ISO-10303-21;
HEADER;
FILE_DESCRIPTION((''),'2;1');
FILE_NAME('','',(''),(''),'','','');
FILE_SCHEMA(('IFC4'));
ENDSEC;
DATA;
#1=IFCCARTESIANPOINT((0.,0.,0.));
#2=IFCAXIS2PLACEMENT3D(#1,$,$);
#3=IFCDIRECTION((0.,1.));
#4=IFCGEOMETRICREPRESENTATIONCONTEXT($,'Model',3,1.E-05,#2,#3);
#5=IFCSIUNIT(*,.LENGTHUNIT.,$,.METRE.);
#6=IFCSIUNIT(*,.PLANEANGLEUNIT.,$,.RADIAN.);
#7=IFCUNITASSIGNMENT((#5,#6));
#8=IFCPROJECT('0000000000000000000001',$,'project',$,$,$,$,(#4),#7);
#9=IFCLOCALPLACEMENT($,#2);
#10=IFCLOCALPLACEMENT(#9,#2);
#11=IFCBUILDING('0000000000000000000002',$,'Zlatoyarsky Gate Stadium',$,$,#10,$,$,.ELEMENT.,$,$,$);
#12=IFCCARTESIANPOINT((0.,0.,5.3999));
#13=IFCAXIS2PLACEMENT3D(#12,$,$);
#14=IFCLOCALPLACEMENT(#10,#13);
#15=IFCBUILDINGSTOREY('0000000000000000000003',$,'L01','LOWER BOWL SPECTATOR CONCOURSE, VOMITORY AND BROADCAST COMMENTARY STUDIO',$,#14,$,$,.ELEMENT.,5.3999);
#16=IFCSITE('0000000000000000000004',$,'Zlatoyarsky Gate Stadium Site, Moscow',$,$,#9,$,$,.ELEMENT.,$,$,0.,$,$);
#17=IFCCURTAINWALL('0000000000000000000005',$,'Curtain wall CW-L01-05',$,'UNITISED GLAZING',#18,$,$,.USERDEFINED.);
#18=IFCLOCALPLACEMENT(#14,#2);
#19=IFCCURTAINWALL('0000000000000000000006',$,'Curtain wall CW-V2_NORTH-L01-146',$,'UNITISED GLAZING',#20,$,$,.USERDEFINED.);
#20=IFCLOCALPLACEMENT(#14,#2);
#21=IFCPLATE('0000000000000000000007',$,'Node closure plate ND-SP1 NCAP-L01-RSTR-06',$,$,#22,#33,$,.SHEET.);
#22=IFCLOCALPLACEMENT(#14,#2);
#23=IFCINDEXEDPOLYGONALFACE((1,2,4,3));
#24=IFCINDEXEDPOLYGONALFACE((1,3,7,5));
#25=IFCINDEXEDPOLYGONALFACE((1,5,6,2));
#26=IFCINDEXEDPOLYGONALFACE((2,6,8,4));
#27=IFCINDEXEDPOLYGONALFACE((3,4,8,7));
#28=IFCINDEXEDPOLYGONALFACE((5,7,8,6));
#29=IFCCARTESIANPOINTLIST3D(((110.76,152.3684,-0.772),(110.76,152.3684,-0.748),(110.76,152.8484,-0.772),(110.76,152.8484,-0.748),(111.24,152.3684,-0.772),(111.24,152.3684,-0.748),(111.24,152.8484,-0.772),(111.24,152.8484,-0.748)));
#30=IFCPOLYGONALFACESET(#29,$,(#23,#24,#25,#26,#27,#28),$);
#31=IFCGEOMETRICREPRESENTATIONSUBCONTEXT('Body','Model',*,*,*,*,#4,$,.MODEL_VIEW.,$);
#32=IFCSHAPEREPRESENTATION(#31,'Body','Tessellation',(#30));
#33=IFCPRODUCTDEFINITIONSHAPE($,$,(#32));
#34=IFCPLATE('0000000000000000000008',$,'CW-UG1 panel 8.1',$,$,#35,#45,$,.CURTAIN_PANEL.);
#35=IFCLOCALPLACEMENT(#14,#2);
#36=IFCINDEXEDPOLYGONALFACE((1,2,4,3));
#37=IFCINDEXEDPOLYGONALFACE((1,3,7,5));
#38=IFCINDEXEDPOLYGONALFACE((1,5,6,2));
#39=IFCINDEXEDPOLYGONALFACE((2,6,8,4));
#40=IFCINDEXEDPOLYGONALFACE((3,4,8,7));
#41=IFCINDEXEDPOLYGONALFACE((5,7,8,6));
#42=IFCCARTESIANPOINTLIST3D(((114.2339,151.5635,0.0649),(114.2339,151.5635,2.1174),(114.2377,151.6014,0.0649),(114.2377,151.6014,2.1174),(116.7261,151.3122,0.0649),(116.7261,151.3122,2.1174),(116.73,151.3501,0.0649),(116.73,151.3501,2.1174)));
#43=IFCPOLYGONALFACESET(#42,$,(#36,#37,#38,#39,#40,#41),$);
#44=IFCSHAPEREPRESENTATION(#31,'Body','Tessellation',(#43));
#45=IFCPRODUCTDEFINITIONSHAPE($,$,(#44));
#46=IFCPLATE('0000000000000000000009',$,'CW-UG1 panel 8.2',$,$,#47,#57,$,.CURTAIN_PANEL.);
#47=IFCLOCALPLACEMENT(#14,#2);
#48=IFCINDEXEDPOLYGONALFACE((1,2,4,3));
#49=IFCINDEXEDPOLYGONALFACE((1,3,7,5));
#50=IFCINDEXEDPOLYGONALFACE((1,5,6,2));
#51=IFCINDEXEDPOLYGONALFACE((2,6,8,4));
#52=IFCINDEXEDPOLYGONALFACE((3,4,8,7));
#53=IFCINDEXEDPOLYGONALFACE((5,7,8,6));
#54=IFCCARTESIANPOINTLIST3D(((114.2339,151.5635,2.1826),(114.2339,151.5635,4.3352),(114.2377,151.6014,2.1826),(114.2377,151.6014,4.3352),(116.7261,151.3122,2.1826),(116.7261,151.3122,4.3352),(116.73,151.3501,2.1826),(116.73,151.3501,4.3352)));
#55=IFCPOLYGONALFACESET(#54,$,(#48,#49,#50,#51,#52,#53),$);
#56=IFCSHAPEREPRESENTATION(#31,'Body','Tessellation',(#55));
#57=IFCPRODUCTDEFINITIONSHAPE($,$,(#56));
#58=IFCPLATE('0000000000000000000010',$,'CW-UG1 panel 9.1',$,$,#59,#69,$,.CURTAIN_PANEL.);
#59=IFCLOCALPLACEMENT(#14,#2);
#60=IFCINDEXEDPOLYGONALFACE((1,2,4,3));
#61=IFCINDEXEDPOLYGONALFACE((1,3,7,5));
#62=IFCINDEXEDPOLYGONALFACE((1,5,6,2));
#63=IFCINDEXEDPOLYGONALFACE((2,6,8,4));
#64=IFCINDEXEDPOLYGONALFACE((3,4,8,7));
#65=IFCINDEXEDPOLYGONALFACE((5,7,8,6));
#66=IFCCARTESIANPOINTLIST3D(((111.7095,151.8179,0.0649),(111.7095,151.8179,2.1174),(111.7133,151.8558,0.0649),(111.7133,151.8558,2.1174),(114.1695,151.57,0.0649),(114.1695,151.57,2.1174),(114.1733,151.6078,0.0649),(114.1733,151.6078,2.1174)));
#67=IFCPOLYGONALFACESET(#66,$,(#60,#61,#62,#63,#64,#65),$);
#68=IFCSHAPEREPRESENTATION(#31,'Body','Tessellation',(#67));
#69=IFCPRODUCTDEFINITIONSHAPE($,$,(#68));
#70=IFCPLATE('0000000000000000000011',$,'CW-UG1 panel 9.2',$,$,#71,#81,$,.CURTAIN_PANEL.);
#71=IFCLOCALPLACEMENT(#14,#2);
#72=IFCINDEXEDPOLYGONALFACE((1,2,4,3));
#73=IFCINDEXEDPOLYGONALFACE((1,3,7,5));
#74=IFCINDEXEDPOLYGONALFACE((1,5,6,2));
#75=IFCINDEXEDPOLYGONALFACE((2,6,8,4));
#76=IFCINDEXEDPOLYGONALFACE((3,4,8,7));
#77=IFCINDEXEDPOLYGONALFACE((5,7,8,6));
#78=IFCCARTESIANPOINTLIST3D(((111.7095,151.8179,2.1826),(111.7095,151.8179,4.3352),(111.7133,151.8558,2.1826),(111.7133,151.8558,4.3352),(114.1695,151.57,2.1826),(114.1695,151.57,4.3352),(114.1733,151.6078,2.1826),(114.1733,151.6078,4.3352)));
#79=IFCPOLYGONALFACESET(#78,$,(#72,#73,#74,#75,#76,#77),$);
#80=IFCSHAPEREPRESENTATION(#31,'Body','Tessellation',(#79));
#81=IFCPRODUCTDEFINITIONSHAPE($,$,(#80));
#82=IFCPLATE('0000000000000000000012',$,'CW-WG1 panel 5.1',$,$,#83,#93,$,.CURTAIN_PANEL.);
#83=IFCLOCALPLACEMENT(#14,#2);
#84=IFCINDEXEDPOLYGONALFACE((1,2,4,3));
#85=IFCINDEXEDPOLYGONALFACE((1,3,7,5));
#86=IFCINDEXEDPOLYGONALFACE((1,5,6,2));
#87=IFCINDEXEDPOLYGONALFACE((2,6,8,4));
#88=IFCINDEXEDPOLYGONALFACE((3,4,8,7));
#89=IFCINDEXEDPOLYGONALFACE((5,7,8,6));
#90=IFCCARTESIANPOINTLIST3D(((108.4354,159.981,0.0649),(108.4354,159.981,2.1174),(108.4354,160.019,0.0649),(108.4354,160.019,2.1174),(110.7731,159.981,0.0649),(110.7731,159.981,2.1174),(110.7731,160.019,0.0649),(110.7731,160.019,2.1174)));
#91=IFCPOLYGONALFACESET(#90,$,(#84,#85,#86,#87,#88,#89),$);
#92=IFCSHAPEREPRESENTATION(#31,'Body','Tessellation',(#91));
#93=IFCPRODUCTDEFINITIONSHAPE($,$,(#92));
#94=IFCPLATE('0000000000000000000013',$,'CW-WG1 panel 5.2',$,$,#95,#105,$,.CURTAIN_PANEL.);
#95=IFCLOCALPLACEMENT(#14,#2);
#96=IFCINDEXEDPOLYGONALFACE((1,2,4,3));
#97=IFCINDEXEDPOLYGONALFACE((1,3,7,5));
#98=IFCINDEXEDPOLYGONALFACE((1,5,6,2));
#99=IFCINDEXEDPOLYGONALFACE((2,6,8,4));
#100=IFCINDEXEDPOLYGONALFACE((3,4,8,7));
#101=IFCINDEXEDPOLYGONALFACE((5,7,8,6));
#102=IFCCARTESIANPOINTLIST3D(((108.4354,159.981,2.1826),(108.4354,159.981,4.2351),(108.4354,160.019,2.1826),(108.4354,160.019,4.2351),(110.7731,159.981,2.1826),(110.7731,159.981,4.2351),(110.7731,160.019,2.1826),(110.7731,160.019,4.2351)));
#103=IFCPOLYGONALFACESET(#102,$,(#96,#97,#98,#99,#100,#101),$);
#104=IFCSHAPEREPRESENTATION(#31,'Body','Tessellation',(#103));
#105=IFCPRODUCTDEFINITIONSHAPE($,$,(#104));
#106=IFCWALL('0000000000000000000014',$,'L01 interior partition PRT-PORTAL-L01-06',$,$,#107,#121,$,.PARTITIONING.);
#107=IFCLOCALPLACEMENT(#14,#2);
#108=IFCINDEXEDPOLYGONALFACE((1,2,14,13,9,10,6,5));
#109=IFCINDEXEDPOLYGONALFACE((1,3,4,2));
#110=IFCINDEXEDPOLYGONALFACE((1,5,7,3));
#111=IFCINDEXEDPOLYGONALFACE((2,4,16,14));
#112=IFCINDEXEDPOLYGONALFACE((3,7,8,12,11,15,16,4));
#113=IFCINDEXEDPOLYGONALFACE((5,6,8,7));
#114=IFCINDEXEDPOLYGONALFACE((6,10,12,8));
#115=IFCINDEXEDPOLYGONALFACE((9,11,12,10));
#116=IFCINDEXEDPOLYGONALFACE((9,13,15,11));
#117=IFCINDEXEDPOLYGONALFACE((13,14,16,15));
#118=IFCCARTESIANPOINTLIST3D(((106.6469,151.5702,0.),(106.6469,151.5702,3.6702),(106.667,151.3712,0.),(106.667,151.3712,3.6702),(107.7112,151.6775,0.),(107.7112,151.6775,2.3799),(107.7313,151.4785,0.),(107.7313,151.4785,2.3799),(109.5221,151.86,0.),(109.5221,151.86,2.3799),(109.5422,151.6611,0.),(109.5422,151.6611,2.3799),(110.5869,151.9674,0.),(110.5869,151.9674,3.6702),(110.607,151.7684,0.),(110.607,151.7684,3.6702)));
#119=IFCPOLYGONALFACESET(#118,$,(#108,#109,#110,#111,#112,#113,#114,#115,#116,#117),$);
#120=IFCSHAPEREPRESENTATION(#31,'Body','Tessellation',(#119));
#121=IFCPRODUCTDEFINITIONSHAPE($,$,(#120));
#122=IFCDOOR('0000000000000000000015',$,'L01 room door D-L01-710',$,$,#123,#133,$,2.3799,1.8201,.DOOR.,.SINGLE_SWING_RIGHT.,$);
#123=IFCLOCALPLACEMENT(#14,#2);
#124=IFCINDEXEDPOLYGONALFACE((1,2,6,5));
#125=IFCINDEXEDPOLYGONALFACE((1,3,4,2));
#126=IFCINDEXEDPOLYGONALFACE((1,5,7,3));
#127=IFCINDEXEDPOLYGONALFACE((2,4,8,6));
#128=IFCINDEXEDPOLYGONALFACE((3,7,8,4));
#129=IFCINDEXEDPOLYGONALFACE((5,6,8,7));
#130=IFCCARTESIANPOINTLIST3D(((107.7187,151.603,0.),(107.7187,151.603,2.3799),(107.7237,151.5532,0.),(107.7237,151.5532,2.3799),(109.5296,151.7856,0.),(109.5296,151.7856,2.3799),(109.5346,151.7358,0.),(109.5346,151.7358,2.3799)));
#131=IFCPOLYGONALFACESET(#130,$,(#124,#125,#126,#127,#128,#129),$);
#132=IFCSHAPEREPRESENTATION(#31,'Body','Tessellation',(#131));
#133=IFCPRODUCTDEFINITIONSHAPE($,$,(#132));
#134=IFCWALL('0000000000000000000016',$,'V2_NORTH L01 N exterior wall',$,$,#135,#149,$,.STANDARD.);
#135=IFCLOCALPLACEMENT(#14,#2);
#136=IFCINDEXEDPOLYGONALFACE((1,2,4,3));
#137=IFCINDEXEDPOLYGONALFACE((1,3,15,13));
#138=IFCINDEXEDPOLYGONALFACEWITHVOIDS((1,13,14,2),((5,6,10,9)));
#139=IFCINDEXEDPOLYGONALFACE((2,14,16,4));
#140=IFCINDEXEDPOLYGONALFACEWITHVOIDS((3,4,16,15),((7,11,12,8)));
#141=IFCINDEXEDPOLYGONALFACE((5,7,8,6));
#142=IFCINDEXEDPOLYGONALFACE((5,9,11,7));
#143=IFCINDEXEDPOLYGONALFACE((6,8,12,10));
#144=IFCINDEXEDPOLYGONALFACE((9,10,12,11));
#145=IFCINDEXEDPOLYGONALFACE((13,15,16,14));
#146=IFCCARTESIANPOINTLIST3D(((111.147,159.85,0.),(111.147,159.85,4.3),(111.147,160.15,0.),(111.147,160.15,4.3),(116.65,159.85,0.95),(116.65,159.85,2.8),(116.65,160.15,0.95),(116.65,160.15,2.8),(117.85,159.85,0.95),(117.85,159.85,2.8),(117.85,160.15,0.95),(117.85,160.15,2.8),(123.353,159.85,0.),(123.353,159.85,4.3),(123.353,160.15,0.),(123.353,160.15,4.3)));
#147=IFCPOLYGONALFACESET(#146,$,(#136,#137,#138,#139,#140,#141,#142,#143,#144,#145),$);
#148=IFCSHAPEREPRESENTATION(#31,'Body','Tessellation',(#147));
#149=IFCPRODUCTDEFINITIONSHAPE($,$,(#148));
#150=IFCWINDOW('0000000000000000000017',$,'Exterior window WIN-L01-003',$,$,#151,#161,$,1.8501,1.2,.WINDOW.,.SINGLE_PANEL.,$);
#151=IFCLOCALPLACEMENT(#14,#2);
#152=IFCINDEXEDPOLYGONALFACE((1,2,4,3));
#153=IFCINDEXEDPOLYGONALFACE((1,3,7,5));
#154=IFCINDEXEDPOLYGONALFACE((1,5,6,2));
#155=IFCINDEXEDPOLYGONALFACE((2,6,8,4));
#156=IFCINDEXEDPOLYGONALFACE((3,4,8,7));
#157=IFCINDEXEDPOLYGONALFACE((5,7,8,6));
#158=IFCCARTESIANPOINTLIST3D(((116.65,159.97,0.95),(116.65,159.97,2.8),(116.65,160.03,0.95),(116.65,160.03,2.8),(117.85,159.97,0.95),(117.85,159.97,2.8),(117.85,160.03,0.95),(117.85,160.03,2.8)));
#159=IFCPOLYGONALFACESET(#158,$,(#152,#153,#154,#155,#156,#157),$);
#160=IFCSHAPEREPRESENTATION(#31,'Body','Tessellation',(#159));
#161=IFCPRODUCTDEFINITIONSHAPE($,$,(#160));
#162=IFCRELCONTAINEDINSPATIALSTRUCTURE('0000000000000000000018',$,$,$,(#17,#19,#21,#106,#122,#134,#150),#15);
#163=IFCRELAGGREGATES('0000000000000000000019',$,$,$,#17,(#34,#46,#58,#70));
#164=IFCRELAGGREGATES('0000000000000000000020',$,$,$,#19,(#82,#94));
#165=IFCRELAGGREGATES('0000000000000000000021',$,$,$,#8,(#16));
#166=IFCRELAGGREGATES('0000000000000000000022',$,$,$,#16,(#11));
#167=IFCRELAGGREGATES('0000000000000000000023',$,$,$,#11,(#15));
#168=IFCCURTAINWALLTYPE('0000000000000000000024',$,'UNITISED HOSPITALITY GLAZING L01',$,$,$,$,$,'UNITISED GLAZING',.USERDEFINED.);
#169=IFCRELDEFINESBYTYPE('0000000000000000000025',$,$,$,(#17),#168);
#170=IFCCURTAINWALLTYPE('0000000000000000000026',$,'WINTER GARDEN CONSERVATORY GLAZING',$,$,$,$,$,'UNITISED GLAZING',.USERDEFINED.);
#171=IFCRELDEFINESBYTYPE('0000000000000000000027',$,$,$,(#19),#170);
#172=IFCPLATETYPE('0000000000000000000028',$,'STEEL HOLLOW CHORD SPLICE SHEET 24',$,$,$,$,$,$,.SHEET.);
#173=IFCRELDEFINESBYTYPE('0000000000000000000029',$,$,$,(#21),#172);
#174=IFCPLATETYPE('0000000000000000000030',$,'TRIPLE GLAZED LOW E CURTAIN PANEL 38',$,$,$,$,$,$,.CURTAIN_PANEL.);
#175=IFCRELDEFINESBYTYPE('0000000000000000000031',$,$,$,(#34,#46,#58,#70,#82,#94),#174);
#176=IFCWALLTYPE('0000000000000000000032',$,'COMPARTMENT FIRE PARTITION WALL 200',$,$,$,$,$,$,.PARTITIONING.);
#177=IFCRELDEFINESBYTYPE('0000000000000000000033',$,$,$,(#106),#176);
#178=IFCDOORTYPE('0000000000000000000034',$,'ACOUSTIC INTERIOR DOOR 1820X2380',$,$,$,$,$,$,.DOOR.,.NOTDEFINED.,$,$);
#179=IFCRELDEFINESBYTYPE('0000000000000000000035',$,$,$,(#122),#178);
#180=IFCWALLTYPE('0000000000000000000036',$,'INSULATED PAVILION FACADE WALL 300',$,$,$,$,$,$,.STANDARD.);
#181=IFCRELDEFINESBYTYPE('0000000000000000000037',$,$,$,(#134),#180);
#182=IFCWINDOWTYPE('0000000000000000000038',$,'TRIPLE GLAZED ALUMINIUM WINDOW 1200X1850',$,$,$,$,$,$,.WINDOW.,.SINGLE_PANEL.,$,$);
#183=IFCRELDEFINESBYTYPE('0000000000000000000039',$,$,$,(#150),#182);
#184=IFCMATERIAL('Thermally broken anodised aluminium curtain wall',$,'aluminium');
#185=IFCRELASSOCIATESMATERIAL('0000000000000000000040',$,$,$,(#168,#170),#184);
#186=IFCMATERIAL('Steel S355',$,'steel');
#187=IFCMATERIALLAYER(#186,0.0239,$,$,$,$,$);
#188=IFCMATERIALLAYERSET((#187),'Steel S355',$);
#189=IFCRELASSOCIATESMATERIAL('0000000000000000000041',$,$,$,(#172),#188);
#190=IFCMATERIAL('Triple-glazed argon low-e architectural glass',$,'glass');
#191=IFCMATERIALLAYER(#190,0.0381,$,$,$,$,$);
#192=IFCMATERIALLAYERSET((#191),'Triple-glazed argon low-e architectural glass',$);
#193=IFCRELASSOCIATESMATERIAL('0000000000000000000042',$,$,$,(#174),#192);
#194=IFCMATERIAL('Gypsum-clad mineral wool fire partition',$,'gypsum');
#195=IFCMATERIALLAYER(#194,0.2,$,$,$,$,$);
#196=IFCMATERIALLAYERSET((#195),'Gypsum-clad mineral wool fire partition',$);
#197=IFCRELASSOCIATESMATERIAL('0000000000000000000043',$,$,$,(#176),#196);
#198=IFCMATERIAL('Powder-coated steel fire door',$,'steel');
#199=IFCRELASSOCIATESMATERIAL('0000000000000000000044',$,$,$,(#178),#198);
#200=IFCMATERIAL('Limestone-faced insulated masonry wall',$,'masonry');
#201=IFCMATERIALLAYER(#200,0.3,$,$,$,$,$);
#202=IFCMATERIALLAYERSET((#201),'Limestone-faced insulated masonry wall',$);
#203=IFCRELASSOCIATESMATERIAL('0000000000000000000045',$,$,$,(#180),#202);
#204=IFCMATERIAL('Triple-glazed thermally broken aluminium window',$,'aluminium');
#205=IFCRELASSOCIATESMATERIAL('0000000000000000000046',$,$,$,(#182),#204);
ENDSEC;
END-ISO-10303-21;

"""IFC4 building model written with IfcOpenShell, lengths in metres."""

from ifc_helpers import new_model, si_unit, direction, frame, frame_2d, origin, origin_2d, place, context, subcontext, project, spatial, rectangle, extrude, material, layer, layer_set, type_object, element, fill, aggregate, save


model = new_model("IFC4")

# Units and contexts
model_context = context("Model", 3, precision=1e-05, world=origin(), true_north=direction((0.0, 1.0)))
body_context = subcontext(model_context, "Body", "Model", "MODEL_VIEW")
ifc_project = project(units=[si_unit("LENGTHUNIT", "METRE"), si_unit("PLANEANGLEUNIT", "RADIAN")], contexts=[model_context])

# Site, building, storey
site_placement = place(None, origin())
site = spatial("IfcSite", under=ifc_project, at=site_placement, Name="Zlatoyarsky Gate Stadium Site, Moscow", CompositionType="ELEMENT", RefElevation=0.0)
building_placement = place(site_placement, origin())
building = spatial("IfcBuilding", under=site, at=building_placement, Name="Zlatoyarsky Gate Stadium", CompositionType="ELEMENT")
storey_placement = place(building_placement, frame((0.0, 0.0, 5.3999)))
storey = spatial("IfcBuildingStorey", under=building, at=storey_placement, Name="L01", Description="LOWER BOWL SPECTATOR CONCOURSE, VOMITORY AND BROADCAST COMMENTARY STUDIO", CompositionType="ELEMENT", Elevation=5.3999)

# Shared definitions
ifc_material_1 = material(Name="Steel S355", Category="steel")

# Curtain wall
ifc_material_2 = material(Name="Thermally broken anodised aluminium curtain wall", Category="aluminium")
curtain_wall_type_1 = type_object("IfcCurtainWallType", Name="UNITISED HOSPITALITY GLAZING L01", ElementType="UNITISED GLAZING", PredefinedType="USERDEFINED", material=ifc_material_2)
curtain_wall_1_placement = place(storey_placement, origin())
curtain_wall_1 = element("IfcCurtainWall", 1, at=curtain_wall_1_placement, inside=storey, type_object=curtain_wall_type_1, Name="Curtain wall CW-L01-05", ObjectType="UNITISED GLAZING", PredefinedType="USERDEFINED")

# Curtain wall
curtain_wall_type_2 = type_object("IfcCurtainWallType", Name="WINTER GARDEN CONSERVATORY GLAZING", ElementType="UNITISED GLAZING", PredefinedType="USERDEFINED", material=ifc_material_2)
curtain_wall_2_placement = place(storey_placement, origin())
curtain_wall_2 = element("IfcCurtainWall", 2, at=curtain_wall_2_placement, inside=storey, type_object=curtain_wall_type_2, Name="Curtain wall CW-V2_NORTH-L01-146", ObjectType="UNITISED GLAZING", PredefinedType="USERDEFINED")

# Plate
ifc_layer_1 = layer(ifc_material_1, 0.0239)
ifc_layer_set_1 = layer_set([ifc_layer_1], Name="Steel S355")
plate_type_1 = type_object("IfcPlateType", Name="STEEL HOLLOW CHORD SPLICE SHEET 24", PredefinedType="SHEET", material=ifc_layer_set_1)
plate_1_placement = place(storey_placement, frame((111.0, 152.6084, -0.772), z_axis=(0.0, 0.0, 1.0), x_axis=(1.0, 0.0, 0.0)))
element("IfcPlate", 3, at=plate_1_placement, inside=storey, type_object=plate_type_1, Name="Node closure plate ND-SP1 NCAP-L01-RSTR-06", PredefinedType="SHEET", context=body_context, shape_type="SweptSolid", body=[
    extrude(rectangle(XDim=0.48, YDim=0.48, at=origin_2d()), origin(), (0.0, 0.0, 1.0), 0.0239),
])

# Plates
ifc_material_3 = material(Name="Triple-glazed argon low-e architectural glass", Category="glass")
ifc_layer_2 = layer(ifc_material_3, 0.0381)
ifc_layer_set_2 = layer_set([ifc_layer_2], Name="Triple-glazed argon low-e architectural glass")
plate_type_2 = type_object("IfcPlateType", Name="TRIPLE GLAZED LOW E CURTAIN PANEL 38", PredefinedType="CURTAIN_PANEL", material=ifc_layer_set_2)
plate_2_placement = place(storey_placement, frame((115.4819, 151.4568, 0.0649), z_axis=(0.0, 0.0, 1.0), x_axis=(-0.994957, 0.1003, 0.0)))
plate_2 = element("IfcPlate", 4, at=plate_2_placement, type_object=plate_type_2, Name="CW-UG1 panel 8.1", PredefinedType="CURTAIN_PANEL", context=body_context, shape_type="SweptSolid", body=[
    extrude(rectangle(XDim=2.5049, YDim=0.0381, at=origin_2d()), origin(), (0.0, 0.0, 1.0), 2.0525),
])
plate_3_placement = place(storey_placement, frame((115.4819, 151.4568, 2.1826), z_axis=(0.0, 0.0, 1.0), x_axis=(-0.994957, 0.1003, 0.0)))
plate_3 = element("IfcPlate", 5, at=plate_3_placement, type_object=plate_type_2, Name="CW-UG1 panel 8.2", PredefinedType="CURTAIN_PANEL", context=body_context, shape_type="SweptSolid", body=[
    extrude(rectangle(XDim=2.5049, YDim=0.0381, at=origin_2d()), origin(), (0.0, 0.0, 1.0), 2.1526),
])
plate_4_placement = place(storey_placement, frame((112.9414, 151.7129, 0.0649), z_axis=(0.0, 0.0, 1.0), x_axis=(-0.994957, 0.1003, 0.0)))
plate_4 = element("IfcPlate", 6, at=plate_4_placement, type_object=plate_type_2, Name="CW-UG1 panel 9.1", PredefinedType="CURTAIN_PANEL", context=body_context, shape_type="SweptSolid", body=[
    extrude(rectangle(XDim=2.4724, YDim=0.0381, at=origin_2d()), origin(), (0.0, 0.0, 1.0), 2.0525),
])
plate_5_placement = place(storey_placement, frame((112.9414, 151.7129, 2.1826), z_axis=(0.0, 0.0, 1.0), x_axis=(-0.994957, 0.1003, 0.0)))
plate_5 = element("IfcPlate", 7, at=plate_5_placement, type_object=plate_type_2, Name="CW-UG1 panel 9.2", PredefinedType="CURTAIN_PANEL", context=body_context, shape_type="SweptSolid", body=[
    extrude(rectangle(XDim=2.4724, YDim=0.0381, at=origin_2d()), origin(), (0.0, 0.0, 1.0), 2.1526),
])
aggregate(curtain_wall_1, [plate_2, plate_3, plate_4, plate_5])
plate_6_placement = place(storey_placement, frame((109.6042, 160.0, 0.0649), z_axis=(0.0, 0.0, 1.0), x_axis=(1.0, 0.0, 0.0)))
plate_6 = element("IfcPlate", 8, at=plate_6_placement, type_object=plate_type_2, Name="CW-WG1 panel 5.1", PredefinedType="CURTAIN_PANEL", context=body_context, shape_type="SweptSolid", body=[
    extrude(rectangle(XDim=2.3376, YDim=0.0381, at=origin_2d()), origin(), (0.0, 0.0, 1.0), 2.0525),
])
plate_7_placement = place(storey_placement, frame((109.6042, 160.0, 2.1826), z_axis=(0.0, 0.0, 1.0), x_axis=(1.0, 0.0, 0.0)))
plate_7 = element("IfcPlate", 9, at=plate_7_placement, type_object=plate_type_2, Name="CW-WG1 panel 5.2", PredefinedType="CURTAIN_PANEL", context=body_context, shape_type="SweptSolid", body=[
    extrude(rectangle(XDim=2.3376, YDim=0.0381, at=origin_2d()), origin(), (0.0, 0.0, 1.0), 2.0525),
])
aggregate(curtain_wall_2, [plate_6, plate_7])

# Wall, opening, door
ifc_material_4 = material(Name="Gypsum-clad mineral wool fire partition", Category="gypsum")
ifc_layer_3 = layer(ifc_material_4, 0.2)
ifc_layer_set_3 = layer_set([ifc_layer_3], Name="Gypsum-clad mineral wool fire partition")
wall_type_1 = type_object("IfcWallType", Name="COMPARTMENT FIRE PARTITION WALL 200", PredefinedType="PARTITIONING", material=ifc_layer_set_3)
wall_1_placement = place(storey_placement, frame((110.5969, 151.8679, 0.0), z_axis=(0.0, 0.0, 1.0), x_axis=(-0.994956, -0.100309, 0.0)))
wall_1 = element("IfcWall", 10, at=wall_1_placement, inside=storey, type_object=wall_type_1, Name="L01 interior partition PRT-PORTAL-L01-06", PredefinedType="PARTITIONING", context=body_context, shape_type="SweptSolid", body=[
    extrude(rectangle(XDim=3.96, YDim=0.2, at=frame_2d((1.98, 0.0))), origin(), (0.0, 0.0, 1.0), 3.6702),
])
opening_1_placement = place(wall_1_placement, frame((1.0701, 0.0, 0.0)))
opening_1 = element("IfcOpeningElement", 11, at=opening_1_placement, cuts=wall_1, PredefinedType="OPENING", context=body_context, shape_type="SweptSolid", body=[
    extrude(rectangle(XDim=1.8201, YDim=2.3799, at=frame_2d((0.9102, 1.1899))), frame((0.0, 0.1099, 0.0), z_axis=(0.0, -1.0, 0.0), x_axis=(1.0, 0.0, 0.0)), (0.0, 0.0, 1.0), 0.22),
])
ifc_material_5 = material(Name="Powder-coated steel fire door", Category="steel")
door_type = type_object("IfcDoorType", Name="ACOUSTIC INTERIOR DOOR 1820X2380", OperationType="NOTDEFINED", PredefinedType="DOOR", material=ifc_material_5)
door_placement = place(opening_1_placement, origin())
door = element("IfcDoor", 12, at=door_placement, inside=storey, type_object=door_type, Name="L01 room door D-L01-710", OperationType="SINGLE_SWING_RIGHT", OverallHeight=2.3799, OverallWidth=1.8201, PredefinedType="DOOR", context=body_context, shape_type="SweptSolid", body=[
    extrude(rectangle(XDim=1.8201, YDim=2.3799, at=frame_2d((0.9102, 1.1899))), frame((0.0, 0.0249, 0.0), z_axis=(0.0, -1.0, 0.0), x_axis=(1.0, 0.0, 0.0)), (0.0, 0.0, 1.0), 0.05),
])
fill(opening_1, door)

# Wall, opening, window
ifc_material_6 = material(Name="Limestone-faced insulated masonry wall", Category="masonry")
ifc_layer_4 = layer(ifc_material_6, 0.3)
ifc_layer_set_4 = layer_set([ifc_layer_4], Name="Limestone-faced insulated masonry wall")
wall_type_2 = type_object("IfcWallType", Name="INSULATED PAVILION FACADE WALL 300", PredefinedType="STANDARD", material=ifc_layer_set_4)
wall_2_placement = place(storey_placement, frame((111.147, 160.0, 0.0), z_axis=(0.0, 0.0, 1.0), x_axis=(1.0, 0.0, 0.0)))
wall_2 = element("IfcWall", 13, at=wall_2_placement, inside=storey, type_object=wall_type_2, Name="V2_NORTH L01 N exterior wall", PredefinedType="STANDARD", context=body_context, shape_type="SweptSolid", body=[
    extrude(rectangle(XDim=12.2061, YDim=0.3, at=frame_2d((6.103, 0.0))), origin(), (0.0, 0.0, 1.0), 4.3),
])
opening_2_placement = place(wall_2_placement, frame((5.5029, 0.0, 0.95)))
opening_2 = element("IfcOpeningElement", 14, at=opening_2_placement, cuts=wall_2, PredefinedType="OPENING", context=body_context, shape_type="SweptSolid", body=[
    extrude(rectangle(XDim=1.2, YDim=1.8501, at=frame_2d((0.6001, 0.925))), frame((0.0, 0.1599, 0.0), z_axis=(0.0, -1.0, 0.0), x_axis=(1.0, 0.0, 0.0)), (0.0, 0.0, 1.0), 0.3201),
])
ifc_material_7 = material(Name="Triple-glazed thermally broken aluminium window", Category="aluminium")
window_type = type_object("IfcWindowType", Name="TRIPLE GLAZED ALUMINIUM WINDOW 1200X1850", PartitioningType="SINGLE_PANEL", PredefinedType="WINDOW", material=ifc_material_7)
window_placement = place(opening_2_placement, origin())
window = element("IfcWindow", 15, at=window_placement, inside=storey, type_object=window_type, Name="Exterior window WIN-L01-003", OverallHeight=1.8501, OverallWidth=1.2, PartitioningType="SINGLE_PANEL", PredefinedType="WINDOW", context=body_context, shape_type="SweptSolid", body=[
    extrude(rectangle(XDim=1.2, YDim=1.8501, at=frame_2d((0.6001, 0.925))), frame((0.0, 0.03, 0.0), z_axis=(0.0, -1.0, 0.0), x_axis=(1.0, 0.0, 0.0)), (0.0, 0.0, 1.0), 0.0601),
])
fill(opening_2, window)

save(model, "model.ifc")
